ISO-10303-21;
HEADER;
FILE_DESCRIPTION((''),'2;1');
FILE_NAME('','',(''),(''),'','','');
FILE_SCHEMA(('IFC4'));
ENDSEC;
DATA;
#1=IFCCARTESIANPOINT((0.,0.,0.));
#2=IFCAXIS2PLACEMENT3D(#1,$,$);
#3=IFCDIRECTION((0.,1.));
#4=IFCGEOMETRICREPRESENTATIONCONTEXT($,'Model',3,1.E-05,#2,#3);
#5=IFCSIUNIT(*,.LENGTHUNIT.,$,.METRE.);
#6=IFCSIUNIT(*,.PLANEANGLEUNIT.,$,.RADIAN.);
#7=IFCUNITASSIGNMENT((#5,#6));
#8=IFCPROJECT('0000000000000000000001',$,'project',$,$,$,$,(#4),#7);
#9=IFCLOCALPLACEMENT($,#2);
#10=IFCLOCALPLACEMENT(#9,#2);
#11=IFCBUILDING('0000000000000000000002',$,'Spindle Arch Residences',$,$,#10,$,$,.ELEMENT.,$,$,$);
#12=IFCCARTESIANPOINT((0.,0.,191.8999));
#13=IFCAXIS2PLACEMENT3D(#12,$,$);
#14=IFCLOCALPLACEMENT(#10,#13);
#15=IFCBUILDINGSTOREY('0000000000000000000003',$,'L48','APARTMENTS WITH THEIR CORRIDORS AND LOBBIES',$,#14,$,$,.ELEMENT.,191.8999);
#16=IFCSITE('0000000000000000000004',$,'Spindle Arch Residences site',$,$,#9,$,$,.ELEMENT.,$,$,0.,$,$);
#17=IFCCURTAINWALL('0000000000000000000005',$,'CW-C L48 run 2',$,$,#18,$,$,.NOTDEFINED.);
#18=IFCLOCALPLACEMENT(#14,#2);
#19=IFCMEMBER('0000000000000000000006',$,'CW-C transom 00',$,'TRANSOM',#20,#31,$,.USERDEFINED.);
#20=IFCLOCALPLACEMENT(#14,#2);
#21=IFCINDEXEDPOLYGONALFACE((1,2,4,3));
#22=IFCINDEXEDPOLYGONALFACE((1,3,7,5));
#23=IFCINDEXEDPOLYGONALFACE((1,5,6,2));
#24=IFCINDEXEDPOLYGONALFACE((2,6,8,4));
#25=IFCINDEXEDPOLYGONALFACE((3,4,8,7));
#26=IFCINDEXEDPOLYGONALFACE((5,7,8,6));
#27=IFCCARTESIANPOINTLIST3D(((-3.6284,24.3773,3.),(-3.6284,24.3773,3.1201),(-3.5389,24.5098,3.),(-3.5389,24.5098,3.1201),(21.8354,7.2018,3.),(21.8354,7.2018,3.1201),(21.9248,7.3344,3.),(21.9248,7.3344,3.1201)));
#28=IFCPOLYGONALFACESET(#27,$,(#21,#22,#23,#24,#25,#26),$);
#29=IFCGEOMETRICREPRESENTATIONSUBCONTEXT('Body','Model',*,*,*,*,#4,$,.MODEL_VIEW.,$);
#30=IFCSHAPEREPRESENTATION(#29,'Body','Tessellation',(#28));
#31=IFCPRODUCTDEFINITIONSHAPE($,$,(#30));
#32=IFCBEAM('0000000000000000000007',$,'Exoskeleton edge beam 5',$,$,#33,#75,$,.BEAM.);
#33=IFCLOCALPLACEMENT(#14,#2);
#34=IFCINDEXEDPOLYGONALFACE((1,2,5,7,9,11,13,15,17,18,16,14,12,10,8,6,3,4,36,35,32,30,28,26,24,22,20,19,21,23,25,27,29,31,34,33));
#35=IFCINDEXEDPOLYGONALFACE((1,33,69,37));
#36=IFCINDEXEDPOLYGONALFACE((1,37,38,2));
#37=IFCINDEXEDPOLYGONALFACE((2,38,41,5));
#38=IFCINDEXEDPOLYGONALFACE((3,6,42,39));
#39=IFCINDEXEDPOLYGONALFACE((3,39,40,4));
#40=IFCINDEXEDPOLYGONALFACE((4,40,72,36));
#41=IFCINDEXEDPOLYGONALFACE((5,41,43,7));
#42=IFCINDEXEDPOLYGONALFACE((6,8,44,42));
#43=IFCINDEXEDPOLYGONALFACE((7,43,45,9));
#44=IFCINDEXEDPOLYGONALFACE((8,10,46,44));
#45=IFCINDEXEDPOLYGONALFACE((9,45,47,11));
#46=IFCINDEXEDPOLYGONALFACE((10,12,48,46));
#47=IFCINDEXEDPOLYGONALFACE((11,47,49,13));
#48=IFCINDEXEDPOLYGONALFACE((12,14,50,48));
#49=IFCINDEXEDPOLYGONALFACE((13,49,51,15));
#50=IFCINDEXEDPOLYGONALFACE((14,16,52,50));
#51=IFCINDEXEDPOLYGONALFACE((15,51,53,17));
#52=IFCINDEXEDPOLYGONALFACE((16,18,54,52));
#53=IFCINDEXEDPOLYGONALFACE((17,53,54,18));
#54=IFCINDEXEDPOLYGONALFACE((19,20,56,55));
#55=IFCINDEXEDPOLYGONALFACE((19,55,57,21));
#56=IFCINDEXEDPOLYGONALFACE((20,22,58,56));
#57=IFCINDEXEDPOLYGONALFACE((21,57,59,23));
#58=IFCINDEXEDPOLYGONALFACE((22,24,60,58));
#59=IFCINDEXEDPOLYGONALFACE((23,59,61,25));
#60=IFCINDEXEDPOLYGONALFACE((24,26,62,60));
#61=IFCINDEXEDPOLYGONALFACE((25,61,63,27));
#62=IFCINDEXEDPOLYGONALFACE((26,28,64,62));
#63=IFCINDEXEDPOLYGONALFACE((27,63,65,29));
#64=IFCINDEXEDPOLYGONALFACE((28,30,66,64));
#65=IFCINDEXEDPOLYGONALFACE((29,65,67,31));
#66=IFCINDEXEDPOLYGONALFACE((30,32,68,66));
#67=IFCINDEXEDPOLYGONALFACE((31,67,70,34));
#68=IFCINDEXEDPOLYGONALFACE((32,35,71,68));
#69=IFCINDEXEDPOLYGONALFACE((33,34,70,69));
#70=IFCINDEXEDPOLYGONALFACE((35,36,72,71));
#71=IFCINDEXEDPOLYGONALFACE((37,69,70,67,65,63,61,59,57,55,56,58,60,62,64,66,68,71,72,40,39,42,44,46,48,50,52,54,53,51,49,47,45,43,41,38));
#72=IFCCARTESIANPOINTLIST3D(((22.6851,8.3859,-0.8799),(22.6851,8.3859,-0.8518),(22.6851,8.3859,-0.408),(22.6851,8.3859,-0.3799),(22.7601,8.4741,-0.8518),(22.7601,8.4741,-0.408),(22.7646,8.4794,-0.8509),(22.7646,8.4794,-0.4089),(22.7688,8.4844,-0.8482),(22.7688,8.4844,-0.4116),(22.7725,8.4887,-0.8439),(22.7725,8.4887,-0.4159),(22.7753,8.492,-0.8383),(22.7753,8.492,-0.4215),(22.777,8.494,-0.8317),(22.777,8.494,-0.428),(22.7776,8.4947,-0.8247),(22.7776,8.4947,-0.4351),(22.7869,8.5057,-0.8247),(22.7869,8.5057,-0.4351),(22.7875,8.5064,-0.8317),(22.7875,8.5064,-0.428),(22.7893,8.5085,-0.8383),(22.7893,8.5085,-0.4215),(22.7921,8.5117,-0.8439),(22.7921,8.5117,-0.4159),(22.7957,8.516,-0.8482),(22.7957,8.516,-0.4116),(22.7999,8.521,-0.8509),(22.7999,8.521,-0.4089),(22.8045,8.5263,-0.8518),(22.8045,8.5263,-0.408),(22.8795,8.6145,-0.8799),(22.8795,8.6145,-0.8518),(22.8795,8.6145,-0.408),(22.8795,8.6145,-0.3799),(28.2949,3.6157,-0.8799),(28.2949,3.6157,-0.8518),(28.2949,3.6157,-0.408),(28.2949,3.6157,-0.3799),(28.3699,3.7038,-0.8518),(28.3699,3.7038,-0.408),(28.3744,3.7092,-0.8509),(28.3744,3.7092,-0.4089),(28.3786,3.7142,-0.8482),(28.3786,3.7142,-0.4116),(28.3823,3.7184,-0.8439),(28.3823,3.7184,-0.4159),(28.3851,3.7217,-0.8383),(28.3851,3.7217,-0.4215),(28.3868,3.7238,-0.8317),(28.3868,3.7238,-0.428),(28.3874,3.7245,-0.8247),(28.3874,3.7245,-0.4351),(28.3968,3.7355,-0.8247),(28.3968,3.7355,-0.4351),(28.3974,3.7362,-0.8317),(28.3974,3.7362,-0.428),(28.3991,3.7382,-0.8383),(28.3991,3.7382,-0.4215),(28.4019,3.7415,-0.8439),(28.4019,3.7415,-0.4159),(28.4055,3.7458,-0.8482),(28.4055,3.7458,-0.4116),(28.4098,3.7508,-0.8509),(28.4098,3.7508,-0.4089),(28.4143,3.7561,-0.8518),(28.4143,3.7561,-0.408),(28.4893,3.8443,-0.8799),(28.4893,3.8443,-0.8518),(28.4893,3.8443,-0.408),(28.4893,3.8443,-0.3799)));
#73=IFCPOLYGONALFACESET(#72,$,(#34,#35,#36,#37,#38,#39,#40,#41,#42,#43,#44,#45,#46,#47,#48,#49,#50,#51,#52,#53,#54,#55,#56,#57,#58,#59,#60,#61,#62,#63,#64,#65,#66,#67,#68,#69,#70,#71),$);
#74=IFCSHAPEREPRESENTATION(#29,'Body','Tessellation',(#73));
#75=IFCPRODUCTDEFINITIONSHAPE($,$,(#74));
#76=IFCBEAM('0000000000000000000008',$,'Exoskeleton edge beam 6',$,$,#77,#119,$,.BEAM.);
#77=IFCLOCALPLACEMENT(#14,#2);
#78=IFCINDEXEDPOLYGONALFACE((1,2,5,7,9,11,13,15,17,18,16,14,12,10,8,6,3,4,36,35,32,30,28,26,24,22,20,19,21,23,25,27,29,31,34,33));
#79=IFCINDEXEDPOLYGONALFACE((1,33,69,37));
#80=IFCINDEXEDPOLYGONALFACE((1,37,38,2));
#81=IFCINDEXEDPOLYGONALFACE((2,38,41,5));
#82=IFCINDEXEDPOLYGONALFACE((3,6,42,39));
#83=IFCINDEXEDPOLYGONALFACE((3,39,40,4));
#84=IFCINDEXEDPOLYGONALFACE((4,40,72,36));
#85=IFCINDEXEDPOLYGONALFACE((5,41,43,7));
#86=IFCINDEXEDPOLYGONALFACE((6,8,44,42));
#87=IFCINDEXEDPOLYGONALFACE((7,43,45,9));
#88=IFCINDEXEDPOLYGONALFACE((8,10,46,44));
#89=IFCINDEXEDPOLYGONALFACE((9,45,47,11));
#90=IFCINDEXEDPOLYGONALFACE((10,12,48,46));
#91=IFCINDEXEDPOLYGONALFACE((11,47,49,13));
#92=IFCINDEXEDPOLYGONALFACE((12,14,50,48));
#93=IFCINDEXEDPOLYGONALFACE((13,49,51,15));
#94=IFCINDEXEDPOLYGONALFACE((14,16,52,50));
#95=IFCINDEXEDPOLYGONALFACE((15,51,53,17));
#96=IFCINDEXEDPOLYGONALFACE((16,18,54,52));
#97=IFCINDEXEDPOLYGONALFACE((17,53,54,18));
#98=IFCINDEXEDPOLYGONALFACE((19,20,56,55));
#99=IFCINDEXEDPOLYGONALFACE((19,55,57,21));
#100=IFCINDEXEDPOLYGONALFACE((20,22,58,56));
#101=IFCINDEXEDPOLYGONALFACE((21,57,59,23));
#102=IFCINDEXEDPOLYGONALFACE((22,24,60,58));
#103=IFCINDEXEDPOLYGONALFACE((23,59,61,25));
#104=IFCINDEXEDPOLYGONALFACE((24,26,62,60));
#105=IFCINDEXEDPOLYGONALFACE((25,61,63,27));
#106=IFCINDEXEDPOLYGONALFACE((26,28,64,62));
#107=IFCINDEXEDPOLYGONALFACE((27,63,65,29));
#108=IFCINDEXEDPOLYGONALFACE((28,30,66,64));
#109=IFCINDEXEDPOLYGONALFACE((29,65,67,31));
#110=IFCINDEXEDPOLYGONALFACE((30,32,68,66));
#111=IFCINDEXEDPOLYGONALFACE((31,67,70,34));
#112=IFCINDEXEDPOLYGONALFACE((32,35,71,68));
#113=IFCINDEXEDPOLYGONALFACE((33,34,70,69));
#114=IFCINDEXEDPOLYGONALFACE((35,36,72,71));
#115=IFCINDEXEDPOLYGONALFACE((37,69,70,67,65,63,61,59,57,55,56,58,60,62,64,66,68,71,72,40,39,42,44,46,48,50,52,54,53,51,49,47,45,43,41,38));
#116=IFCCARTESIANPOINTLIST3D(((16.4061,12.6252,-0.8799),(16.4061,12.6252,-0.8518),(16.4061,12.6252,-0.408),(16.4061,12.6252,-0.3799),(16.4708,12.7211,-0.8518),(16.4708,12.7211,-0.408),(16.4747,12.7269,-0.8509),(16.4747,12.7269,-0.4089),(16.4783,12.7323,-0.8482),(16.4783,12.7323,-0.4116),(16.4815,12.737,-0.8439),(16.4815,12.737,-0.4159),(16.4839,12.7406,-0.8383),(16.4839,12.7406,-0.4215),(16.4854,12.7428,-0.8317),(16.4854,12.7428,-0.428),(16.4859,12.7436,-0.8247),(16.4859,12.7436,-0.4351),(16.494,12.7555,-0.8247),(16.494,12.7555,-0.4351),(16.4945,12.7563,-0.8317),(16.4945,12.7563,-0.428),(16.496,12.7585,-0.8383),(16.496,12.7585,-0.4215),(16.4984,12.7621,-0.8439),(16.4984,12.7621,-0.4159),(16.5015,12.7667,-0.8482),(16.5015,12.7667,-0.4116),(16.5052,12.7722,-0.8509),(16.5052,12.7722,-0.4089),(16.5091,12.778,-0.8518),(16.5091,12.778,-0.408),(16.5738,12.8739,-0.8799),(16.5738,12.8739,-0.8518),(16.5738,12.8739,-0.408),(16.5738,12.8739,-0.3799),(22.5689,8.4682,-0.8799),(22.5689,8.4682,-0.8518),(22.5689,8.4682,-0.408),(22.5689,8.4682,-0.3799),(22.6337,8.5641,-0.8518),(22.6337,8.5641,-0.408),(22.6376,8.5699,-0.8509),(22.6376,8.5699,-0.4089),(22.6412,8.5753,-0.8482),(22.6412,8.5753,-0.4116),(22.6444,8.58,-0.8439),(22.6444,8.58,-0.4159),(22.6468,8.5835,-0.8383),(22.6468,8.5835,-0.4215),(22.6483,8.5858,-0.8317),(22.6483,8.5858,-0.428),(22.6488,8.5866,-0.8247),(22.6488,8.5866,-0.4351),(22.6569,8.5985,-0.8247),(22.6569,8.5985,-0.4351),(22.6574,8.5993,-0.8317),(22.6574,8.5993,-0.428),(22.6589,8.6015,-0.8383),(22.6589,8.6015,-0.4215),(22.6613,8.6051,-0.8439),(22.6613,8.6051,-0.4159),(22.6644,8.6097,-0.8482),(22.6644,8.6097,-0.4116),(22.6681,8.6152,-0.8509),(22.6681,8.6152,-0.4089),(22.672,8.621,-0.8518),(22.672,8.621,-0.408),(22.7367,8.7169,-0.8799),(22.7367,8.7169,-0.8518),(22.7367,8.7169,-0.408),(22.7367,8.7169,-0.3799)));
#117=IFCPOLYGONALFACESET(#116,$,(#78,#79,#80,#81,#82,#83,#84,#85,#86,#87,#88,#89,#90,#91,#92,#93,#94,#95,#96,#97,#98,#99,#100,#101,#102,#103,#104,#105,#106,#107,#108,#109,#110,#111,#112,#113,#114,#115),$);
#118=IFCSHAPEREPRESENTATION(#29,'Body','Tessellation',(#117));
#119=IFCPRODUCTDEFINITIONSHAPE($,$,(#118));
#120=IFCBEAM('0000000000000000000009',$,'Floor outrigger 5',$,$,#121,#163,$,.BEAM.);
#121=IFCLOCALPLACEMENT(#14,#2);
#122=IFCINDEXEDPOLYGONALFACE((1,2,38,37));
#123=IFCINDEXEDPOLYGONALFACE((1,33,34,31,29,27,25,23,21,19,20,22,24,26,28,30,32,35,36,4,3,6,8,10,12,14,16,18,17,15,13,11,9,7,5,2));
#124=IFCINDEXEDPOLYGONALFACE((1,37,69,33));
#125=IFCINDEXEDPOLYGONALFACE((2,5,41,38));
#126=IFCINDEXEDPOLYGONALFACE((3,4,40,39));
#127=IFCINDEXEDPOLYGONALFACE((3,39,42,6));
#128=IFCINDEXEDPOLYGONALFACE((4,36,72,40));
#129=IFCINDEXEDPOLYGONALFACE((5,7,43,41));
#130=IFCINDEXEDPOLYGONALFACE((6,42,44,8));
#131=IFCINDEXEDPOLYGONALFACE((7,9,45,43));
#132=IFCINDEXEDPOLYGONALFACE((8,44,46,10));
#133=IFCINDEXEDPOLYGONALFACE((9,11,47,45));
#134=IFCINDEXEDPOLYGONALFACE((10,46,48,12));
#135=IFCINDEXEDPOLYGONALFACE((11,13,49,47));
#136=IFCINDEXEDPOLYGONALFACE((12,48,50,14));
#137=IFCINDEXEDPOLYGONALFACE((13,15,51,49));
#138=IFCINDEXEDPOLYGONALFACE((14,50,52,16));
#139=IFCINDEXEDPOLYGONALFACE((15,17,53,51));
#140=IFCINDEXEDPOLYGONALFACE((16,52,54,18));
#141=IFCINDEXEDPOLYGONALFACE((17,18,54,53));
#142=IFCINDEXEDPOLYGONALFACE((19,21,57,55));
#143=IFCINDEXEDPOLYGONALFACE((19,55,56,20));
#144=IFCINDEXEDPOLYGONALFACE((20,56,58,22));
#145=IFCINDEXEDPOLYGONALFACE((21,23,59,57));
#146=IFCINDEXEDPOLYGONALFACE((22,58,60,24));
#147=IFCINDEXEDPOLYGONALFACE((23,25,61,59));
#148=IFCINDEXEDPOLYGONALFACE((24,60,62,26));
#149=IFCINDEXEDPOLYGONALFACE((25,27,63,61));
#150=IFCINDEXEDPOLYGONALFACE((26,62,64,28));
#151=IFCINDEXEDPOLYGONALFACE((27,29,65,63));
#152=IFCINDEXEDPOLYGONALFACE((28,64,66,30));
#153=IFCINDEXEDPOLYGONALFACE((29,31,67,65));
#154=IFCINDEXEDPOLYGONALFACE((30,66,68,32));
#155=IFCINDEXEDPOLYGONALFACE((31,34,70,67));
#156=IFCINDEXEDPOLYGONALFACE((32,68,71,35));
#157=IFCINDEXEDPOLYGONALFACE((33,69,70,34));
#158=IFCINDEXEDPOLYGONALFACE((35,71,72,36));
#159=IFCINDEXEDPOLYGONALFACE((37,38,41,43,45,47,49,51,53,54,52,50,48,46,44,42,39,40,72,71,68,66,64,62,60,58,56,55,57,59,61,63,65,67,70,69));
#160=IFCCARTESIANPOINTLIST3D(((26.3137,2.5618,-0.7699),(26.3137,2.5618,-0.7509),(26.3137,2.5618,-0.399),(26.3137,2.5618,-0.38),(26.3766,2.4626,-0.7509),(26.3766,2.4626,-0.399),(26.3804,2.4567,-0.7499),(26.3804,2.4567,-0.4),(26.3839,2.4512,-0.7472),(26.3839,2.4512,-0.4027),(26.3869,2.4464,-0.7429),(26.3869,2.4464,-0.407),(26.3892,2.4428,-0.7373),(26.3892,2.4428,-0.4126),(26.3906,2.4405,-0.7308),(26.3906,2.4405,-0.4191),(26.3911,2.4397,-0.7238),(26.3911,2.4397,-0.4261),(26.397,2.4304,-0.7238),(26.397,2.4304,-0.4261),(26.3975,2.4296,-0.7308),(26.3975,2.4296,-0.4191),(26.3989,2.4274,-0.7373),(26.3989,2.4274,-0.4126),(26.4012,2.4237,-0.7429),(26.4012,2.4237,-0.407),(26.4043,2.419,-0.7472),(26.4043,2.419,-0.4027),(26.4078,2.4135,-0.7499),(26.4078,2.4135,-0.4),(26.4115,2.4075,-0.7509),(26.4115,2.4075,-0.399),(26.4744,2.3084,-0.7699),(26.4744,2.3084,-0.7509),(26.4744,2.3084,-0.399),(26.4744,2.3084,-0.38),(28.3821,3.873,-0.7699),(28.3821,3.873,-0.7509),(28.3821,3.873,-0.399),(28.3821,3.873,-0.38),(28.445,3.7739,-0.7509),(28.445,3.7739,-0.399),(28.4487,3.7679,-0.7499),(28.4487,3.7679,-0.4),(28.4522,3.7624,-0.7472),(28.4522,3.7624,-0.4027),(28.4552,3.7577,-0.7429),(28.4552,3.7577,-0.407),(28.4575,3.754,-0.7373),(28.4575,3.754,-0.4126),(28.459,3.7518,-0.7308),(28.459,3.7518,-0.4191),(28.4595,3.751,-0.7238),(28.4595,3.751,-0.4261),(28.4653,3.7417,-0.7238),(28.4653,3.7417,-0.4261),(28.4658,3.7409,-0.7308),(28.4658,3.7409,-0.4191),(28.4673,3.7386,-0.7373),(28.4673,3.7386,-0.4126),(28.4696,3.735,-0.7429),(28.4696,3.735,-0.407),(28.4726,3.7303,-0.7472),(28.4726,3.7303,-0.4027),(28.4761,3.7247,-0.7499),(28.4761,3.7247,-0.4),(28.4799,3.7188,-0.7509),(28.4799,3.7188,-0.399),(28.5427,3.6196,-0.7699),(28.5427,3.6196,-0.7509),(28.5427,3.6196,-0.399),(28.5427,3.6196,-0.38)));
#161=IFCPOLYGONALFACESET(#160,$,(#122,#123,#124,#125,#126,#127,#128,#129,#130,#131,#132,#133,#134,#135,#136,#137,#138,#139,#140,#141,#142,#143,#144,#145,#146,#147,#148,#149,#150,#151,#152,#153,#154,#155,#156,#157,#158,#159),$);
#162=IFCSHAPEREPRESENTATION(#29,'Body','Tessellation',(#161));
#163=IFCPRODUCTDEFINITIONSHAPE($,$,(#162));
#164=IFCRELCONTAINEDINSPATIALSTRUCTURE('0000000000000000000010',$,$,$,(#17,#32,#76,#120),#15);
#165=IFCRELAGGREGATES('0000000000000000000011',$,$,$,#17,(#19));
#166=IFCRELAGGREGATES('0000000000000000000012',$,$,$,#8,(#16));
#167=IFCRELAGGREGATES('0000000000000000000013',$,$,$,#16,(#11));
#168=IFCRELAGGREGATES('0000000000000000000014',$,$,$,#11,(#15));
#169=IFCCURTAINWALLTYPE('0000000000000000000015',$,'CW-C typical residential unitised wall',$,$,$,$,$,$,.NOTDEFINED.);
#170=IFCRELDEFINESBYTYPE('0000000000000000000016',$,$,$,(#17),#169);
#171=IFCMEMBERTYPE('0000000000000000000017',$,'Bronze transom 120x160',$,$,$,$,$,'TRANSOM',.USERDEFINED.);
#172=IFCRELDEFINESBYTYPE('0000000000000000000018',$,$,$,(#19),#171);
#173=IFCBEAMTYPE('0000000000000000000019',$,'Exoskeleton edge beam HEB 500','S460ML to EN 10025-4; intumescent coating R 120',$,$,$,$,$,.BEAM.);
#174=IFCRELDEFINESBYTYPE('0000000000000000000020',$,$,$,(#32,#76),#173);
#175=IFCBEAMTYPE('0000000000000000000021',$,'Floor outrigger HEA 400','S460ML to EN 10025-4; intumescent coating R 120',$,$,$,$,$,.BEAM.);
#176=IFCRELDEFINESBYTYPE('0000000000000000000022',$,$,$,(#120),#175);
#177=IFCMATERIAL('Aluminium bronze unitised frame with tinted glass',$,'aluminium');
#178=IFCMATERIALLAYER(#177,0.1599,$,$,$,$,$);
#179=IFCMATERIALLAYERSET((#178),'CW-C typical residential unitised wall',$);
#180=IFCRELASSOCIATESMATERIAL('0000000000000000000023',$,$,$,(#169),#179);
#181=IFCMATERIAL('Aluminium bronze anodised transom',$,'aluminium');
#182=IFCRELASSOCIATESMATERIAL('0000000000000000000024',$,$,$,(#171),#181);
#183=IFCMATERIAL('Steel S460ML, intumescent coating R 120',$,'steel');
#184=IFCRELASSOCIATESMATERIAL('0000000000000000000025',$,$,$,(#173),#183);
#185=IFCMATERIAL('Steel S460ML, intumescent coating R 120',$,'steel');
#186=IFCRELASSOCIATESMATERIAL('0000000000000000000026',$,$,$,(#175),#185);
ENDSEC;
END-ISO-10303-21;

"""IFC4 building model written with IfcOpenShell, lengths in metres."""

from ifc_helpers import new_model, si_unit, direction, frame, origin, origin_2d, place, context, subcontext, project, spatial, rectangle, i_section, extrude, material, layer, layer_set, material_profile, profile_set, type_object, element, aggregate, save


model = new_model("IFC4")

# Units and contexts
model_context = context("Model", 3, precision=1e-05, world=origin(), true_north=direction((0.0, 1.0)))
body_context = subcontext(model_context, "Body", "Model", "MODEL_VIEW")
ifc_project = project(units=[si_unit("LENGTHUNIT", "METRE"), si_unit("PLANEANGLEUNIT", "RADIAN")], contexts=[model_context])

# Site, building, storey
site_placement = place(None, origin())
site = spatial("IfcSite", under=ifc_project, at=site_placement, Name="Spindle Arch Residences site", CompositionType="ELEMENT", RefElevation=0.0)
building_placement = place(site_placement, origin())
building = spatial("IfcBuilding", under=site, at=building_placement, Name="Spindle Arch Residences", CompositionType="ELEMENT")
storey_placement = place(building_placement, frame((0.0, 0.0, 191.8999)))
storey = spatial("IfcBuildingStorey", under=building, at=storey_placement, Name="L48", Description="APARTMENTS WITH THEIR CORRIDORS AND LOBBIES", CompositionType="ELEMENT", Elevation=191.8999)

# Curtain wall
ifc_material_1 = material(Name="Aluminium bronze unitised frame with tinted glass", Category="aluminium")
ifc_layer_1 = layer(ifc_material_1, 0.1599)
ifc_layer_set_1 = layer_set([ifc_layer_1], Name="CW-C typical residential unitised wall")
curtain_wall_type_1 = type_object("IfcCurtainWallType", Name="CW-C typical residential unitised wall", PredefinedType="NOTDEFINED", material=ifc_layer_set_1)
curtain_wall_1_placement = place(storey_placement, origin())
curtain_wall_1 = element("IfcCurtainWall", 1, at=curtain_wall_1_placement, inside=storey, type_object=curtain_wall_type_1, Name="CW-C L48 run 2", PredefinedType="NOTDEFINED")

# Member
ifc_material_2 = material(Name="Aluminium bronze anodised transom", Category="aluminium")
ifc_material_profile_1 = material_profile(ifc_material_2, rectangle(XDim=0.1599, YDim=0.1201, at=origin_2d()), Name="TR 120x160")
ifc_profile_set_1 = profile_set([ifc_material_profile_1], Name="Aluminium bronze anodised transom")
member_type_1 = type_object("IfcMemberType", Name="Bronze transom 120x160", ElementType="TRANSOM", PredefinedType="USERDEFINED", material=ifc_profile_set_1)
member_1_placement = place(storey_placement, frame((21.8801, 7.2681, 3.0601), z_axis=(-0.829038, 0.559192, 0.0), x_axis=(-0.559192, -0.829038, 0.0)))
member_1 = element("IfcMember", 2, at=member_1_placement, type_object=member_type_1, Name="CW-C transom 00", ObjectType="TRANSOM", PredefinedType="USERDEFINED", context=body_context, shape_type="SweptSolid", body=[
    extrude(rectangle(XDim=0.1599, YDim=0.1201, at=origin_2d()), origin(), (0.0, 0.0, 1.0), 30.7148),
])
aggregate(curtain_wall_1, [member_1])

# Beams
ifc_material_3 = material(Name="Steel S460ML, intumescent coating R 120", Category="steel")
ifc_material_profile_2 = material_profile(ifc_material_3, i_section(OverallWidth=0.3, OverallDepth=0.5, WebThickness=0.0144, FlangeThickness=0.0281, FilletRadius=0.0271, at=origin_2d()), Name="HEB 500")
ifc_profile_set_2 = profile_set([ifc_material_profile_2], Name="Steel S460ML, intumescent coating R 120")
beam_type_1 = type_object("IfcBeamType", Name="Exoskeleton edge beam HEB 500", Description="S460ML to EN 10025-4; intumescent coating R 120", PredefinedType="BEAM", material=ifc_profile_set_2)
beam_1_placement = place(storey_placement, frame((28.3921, 3.73, -0.6299), z_axis=(-0.761813, 0.647797, 0.0), x_axis=(-0.647797, -0.761813, 0.0)))
element("IfcBeam", 3, at=beam_1_placement, inside=storey, type_object=beam_type_1, Name="Exoskeleton edge beam 5", PredefinedType="BEAM", context=body_context, shape_type="SweptSolid", body=[
    extrude(i_section(OverallWidth=0.3, OverallDepth=0.5, WebThickness=0.0144, FlangeThickness=0.0281, FilletRadius=0.0271, at=origin_2d()), origin(), (0.0, 0.0, 1.0), 7.3638),
])
beam_2_placement = place(storey_placement, frame((22.6528, 8.5925, -0.6299), z_axis=(-0.829032, 0.559202, 0.0), x_axis=(-0.559202, -0.829032, 0.0)))
element("IfcBeam", 4, at=beam_2_placement, inside=storey, type_object=beam_type_1, Name="Exoskeleton edge beam 6", PredefinedType="BEAM", context=body_context, shape_type="SweptSolid", body=[
    extrude(i_section(OverallWidth=0.3, OverallDepth=0.5, WebThickness=0.0144, FlangeThickness=0.0281, FilletRadius=0.0271, at=origin_2d()), origin(), (0.0, 0.0, 1.0), 7.4338),
])
ifc_material_4 = material(Name="Steel S460ML, intumescent coating R 120", Category="steel")
ifc_material_profile_3 = material_profile(ifc_material_4, i_section(OverallWidth=0.3, OverallDepth=0.3899, WebThickness=0.011, FlangeThickness=0.019, FilletRadius=0.0271, at=origin_2d()), Name="HEA 400")
ifc_profile_set_3 = profile_set([ifc_material_profile_3], Name="Steel S460ML, intumescent coating R 120")
beam_type_2 = type_object("IfcBeamType", Name="Floor outrigger HEA 400", Description="S460ML to EN 10025-4; intumescent coating R 120", PredefinedType="BEAM", material=ifc_profile_set_3)
beam_3_placement = place(storey_placement, frame((28.4624, 3.7463, -0.575), z_axis=(-0.844576, -0.535436, 0.0), x_axis=(0.535436, -0.844576, 0.0)))
element("IfcBeam", 5, at=beam_3_placement, inside=storey, type_object=beam_type_2, Name="Floor outrigger 5", PredefinedType="BEAM", context=body_context, shape_type="SweptSolid", body=[
    extrude(i_section(OverallWidth=0.3, OverallDepth=0.3899, WebThickness=0.011, FlangeThickness=0.019, FilletRadius=0.0271, at=origin_2d()), origin(), (0.0, 0.0, 1.0), 2.449),
])

save(model, "model.ifc")
